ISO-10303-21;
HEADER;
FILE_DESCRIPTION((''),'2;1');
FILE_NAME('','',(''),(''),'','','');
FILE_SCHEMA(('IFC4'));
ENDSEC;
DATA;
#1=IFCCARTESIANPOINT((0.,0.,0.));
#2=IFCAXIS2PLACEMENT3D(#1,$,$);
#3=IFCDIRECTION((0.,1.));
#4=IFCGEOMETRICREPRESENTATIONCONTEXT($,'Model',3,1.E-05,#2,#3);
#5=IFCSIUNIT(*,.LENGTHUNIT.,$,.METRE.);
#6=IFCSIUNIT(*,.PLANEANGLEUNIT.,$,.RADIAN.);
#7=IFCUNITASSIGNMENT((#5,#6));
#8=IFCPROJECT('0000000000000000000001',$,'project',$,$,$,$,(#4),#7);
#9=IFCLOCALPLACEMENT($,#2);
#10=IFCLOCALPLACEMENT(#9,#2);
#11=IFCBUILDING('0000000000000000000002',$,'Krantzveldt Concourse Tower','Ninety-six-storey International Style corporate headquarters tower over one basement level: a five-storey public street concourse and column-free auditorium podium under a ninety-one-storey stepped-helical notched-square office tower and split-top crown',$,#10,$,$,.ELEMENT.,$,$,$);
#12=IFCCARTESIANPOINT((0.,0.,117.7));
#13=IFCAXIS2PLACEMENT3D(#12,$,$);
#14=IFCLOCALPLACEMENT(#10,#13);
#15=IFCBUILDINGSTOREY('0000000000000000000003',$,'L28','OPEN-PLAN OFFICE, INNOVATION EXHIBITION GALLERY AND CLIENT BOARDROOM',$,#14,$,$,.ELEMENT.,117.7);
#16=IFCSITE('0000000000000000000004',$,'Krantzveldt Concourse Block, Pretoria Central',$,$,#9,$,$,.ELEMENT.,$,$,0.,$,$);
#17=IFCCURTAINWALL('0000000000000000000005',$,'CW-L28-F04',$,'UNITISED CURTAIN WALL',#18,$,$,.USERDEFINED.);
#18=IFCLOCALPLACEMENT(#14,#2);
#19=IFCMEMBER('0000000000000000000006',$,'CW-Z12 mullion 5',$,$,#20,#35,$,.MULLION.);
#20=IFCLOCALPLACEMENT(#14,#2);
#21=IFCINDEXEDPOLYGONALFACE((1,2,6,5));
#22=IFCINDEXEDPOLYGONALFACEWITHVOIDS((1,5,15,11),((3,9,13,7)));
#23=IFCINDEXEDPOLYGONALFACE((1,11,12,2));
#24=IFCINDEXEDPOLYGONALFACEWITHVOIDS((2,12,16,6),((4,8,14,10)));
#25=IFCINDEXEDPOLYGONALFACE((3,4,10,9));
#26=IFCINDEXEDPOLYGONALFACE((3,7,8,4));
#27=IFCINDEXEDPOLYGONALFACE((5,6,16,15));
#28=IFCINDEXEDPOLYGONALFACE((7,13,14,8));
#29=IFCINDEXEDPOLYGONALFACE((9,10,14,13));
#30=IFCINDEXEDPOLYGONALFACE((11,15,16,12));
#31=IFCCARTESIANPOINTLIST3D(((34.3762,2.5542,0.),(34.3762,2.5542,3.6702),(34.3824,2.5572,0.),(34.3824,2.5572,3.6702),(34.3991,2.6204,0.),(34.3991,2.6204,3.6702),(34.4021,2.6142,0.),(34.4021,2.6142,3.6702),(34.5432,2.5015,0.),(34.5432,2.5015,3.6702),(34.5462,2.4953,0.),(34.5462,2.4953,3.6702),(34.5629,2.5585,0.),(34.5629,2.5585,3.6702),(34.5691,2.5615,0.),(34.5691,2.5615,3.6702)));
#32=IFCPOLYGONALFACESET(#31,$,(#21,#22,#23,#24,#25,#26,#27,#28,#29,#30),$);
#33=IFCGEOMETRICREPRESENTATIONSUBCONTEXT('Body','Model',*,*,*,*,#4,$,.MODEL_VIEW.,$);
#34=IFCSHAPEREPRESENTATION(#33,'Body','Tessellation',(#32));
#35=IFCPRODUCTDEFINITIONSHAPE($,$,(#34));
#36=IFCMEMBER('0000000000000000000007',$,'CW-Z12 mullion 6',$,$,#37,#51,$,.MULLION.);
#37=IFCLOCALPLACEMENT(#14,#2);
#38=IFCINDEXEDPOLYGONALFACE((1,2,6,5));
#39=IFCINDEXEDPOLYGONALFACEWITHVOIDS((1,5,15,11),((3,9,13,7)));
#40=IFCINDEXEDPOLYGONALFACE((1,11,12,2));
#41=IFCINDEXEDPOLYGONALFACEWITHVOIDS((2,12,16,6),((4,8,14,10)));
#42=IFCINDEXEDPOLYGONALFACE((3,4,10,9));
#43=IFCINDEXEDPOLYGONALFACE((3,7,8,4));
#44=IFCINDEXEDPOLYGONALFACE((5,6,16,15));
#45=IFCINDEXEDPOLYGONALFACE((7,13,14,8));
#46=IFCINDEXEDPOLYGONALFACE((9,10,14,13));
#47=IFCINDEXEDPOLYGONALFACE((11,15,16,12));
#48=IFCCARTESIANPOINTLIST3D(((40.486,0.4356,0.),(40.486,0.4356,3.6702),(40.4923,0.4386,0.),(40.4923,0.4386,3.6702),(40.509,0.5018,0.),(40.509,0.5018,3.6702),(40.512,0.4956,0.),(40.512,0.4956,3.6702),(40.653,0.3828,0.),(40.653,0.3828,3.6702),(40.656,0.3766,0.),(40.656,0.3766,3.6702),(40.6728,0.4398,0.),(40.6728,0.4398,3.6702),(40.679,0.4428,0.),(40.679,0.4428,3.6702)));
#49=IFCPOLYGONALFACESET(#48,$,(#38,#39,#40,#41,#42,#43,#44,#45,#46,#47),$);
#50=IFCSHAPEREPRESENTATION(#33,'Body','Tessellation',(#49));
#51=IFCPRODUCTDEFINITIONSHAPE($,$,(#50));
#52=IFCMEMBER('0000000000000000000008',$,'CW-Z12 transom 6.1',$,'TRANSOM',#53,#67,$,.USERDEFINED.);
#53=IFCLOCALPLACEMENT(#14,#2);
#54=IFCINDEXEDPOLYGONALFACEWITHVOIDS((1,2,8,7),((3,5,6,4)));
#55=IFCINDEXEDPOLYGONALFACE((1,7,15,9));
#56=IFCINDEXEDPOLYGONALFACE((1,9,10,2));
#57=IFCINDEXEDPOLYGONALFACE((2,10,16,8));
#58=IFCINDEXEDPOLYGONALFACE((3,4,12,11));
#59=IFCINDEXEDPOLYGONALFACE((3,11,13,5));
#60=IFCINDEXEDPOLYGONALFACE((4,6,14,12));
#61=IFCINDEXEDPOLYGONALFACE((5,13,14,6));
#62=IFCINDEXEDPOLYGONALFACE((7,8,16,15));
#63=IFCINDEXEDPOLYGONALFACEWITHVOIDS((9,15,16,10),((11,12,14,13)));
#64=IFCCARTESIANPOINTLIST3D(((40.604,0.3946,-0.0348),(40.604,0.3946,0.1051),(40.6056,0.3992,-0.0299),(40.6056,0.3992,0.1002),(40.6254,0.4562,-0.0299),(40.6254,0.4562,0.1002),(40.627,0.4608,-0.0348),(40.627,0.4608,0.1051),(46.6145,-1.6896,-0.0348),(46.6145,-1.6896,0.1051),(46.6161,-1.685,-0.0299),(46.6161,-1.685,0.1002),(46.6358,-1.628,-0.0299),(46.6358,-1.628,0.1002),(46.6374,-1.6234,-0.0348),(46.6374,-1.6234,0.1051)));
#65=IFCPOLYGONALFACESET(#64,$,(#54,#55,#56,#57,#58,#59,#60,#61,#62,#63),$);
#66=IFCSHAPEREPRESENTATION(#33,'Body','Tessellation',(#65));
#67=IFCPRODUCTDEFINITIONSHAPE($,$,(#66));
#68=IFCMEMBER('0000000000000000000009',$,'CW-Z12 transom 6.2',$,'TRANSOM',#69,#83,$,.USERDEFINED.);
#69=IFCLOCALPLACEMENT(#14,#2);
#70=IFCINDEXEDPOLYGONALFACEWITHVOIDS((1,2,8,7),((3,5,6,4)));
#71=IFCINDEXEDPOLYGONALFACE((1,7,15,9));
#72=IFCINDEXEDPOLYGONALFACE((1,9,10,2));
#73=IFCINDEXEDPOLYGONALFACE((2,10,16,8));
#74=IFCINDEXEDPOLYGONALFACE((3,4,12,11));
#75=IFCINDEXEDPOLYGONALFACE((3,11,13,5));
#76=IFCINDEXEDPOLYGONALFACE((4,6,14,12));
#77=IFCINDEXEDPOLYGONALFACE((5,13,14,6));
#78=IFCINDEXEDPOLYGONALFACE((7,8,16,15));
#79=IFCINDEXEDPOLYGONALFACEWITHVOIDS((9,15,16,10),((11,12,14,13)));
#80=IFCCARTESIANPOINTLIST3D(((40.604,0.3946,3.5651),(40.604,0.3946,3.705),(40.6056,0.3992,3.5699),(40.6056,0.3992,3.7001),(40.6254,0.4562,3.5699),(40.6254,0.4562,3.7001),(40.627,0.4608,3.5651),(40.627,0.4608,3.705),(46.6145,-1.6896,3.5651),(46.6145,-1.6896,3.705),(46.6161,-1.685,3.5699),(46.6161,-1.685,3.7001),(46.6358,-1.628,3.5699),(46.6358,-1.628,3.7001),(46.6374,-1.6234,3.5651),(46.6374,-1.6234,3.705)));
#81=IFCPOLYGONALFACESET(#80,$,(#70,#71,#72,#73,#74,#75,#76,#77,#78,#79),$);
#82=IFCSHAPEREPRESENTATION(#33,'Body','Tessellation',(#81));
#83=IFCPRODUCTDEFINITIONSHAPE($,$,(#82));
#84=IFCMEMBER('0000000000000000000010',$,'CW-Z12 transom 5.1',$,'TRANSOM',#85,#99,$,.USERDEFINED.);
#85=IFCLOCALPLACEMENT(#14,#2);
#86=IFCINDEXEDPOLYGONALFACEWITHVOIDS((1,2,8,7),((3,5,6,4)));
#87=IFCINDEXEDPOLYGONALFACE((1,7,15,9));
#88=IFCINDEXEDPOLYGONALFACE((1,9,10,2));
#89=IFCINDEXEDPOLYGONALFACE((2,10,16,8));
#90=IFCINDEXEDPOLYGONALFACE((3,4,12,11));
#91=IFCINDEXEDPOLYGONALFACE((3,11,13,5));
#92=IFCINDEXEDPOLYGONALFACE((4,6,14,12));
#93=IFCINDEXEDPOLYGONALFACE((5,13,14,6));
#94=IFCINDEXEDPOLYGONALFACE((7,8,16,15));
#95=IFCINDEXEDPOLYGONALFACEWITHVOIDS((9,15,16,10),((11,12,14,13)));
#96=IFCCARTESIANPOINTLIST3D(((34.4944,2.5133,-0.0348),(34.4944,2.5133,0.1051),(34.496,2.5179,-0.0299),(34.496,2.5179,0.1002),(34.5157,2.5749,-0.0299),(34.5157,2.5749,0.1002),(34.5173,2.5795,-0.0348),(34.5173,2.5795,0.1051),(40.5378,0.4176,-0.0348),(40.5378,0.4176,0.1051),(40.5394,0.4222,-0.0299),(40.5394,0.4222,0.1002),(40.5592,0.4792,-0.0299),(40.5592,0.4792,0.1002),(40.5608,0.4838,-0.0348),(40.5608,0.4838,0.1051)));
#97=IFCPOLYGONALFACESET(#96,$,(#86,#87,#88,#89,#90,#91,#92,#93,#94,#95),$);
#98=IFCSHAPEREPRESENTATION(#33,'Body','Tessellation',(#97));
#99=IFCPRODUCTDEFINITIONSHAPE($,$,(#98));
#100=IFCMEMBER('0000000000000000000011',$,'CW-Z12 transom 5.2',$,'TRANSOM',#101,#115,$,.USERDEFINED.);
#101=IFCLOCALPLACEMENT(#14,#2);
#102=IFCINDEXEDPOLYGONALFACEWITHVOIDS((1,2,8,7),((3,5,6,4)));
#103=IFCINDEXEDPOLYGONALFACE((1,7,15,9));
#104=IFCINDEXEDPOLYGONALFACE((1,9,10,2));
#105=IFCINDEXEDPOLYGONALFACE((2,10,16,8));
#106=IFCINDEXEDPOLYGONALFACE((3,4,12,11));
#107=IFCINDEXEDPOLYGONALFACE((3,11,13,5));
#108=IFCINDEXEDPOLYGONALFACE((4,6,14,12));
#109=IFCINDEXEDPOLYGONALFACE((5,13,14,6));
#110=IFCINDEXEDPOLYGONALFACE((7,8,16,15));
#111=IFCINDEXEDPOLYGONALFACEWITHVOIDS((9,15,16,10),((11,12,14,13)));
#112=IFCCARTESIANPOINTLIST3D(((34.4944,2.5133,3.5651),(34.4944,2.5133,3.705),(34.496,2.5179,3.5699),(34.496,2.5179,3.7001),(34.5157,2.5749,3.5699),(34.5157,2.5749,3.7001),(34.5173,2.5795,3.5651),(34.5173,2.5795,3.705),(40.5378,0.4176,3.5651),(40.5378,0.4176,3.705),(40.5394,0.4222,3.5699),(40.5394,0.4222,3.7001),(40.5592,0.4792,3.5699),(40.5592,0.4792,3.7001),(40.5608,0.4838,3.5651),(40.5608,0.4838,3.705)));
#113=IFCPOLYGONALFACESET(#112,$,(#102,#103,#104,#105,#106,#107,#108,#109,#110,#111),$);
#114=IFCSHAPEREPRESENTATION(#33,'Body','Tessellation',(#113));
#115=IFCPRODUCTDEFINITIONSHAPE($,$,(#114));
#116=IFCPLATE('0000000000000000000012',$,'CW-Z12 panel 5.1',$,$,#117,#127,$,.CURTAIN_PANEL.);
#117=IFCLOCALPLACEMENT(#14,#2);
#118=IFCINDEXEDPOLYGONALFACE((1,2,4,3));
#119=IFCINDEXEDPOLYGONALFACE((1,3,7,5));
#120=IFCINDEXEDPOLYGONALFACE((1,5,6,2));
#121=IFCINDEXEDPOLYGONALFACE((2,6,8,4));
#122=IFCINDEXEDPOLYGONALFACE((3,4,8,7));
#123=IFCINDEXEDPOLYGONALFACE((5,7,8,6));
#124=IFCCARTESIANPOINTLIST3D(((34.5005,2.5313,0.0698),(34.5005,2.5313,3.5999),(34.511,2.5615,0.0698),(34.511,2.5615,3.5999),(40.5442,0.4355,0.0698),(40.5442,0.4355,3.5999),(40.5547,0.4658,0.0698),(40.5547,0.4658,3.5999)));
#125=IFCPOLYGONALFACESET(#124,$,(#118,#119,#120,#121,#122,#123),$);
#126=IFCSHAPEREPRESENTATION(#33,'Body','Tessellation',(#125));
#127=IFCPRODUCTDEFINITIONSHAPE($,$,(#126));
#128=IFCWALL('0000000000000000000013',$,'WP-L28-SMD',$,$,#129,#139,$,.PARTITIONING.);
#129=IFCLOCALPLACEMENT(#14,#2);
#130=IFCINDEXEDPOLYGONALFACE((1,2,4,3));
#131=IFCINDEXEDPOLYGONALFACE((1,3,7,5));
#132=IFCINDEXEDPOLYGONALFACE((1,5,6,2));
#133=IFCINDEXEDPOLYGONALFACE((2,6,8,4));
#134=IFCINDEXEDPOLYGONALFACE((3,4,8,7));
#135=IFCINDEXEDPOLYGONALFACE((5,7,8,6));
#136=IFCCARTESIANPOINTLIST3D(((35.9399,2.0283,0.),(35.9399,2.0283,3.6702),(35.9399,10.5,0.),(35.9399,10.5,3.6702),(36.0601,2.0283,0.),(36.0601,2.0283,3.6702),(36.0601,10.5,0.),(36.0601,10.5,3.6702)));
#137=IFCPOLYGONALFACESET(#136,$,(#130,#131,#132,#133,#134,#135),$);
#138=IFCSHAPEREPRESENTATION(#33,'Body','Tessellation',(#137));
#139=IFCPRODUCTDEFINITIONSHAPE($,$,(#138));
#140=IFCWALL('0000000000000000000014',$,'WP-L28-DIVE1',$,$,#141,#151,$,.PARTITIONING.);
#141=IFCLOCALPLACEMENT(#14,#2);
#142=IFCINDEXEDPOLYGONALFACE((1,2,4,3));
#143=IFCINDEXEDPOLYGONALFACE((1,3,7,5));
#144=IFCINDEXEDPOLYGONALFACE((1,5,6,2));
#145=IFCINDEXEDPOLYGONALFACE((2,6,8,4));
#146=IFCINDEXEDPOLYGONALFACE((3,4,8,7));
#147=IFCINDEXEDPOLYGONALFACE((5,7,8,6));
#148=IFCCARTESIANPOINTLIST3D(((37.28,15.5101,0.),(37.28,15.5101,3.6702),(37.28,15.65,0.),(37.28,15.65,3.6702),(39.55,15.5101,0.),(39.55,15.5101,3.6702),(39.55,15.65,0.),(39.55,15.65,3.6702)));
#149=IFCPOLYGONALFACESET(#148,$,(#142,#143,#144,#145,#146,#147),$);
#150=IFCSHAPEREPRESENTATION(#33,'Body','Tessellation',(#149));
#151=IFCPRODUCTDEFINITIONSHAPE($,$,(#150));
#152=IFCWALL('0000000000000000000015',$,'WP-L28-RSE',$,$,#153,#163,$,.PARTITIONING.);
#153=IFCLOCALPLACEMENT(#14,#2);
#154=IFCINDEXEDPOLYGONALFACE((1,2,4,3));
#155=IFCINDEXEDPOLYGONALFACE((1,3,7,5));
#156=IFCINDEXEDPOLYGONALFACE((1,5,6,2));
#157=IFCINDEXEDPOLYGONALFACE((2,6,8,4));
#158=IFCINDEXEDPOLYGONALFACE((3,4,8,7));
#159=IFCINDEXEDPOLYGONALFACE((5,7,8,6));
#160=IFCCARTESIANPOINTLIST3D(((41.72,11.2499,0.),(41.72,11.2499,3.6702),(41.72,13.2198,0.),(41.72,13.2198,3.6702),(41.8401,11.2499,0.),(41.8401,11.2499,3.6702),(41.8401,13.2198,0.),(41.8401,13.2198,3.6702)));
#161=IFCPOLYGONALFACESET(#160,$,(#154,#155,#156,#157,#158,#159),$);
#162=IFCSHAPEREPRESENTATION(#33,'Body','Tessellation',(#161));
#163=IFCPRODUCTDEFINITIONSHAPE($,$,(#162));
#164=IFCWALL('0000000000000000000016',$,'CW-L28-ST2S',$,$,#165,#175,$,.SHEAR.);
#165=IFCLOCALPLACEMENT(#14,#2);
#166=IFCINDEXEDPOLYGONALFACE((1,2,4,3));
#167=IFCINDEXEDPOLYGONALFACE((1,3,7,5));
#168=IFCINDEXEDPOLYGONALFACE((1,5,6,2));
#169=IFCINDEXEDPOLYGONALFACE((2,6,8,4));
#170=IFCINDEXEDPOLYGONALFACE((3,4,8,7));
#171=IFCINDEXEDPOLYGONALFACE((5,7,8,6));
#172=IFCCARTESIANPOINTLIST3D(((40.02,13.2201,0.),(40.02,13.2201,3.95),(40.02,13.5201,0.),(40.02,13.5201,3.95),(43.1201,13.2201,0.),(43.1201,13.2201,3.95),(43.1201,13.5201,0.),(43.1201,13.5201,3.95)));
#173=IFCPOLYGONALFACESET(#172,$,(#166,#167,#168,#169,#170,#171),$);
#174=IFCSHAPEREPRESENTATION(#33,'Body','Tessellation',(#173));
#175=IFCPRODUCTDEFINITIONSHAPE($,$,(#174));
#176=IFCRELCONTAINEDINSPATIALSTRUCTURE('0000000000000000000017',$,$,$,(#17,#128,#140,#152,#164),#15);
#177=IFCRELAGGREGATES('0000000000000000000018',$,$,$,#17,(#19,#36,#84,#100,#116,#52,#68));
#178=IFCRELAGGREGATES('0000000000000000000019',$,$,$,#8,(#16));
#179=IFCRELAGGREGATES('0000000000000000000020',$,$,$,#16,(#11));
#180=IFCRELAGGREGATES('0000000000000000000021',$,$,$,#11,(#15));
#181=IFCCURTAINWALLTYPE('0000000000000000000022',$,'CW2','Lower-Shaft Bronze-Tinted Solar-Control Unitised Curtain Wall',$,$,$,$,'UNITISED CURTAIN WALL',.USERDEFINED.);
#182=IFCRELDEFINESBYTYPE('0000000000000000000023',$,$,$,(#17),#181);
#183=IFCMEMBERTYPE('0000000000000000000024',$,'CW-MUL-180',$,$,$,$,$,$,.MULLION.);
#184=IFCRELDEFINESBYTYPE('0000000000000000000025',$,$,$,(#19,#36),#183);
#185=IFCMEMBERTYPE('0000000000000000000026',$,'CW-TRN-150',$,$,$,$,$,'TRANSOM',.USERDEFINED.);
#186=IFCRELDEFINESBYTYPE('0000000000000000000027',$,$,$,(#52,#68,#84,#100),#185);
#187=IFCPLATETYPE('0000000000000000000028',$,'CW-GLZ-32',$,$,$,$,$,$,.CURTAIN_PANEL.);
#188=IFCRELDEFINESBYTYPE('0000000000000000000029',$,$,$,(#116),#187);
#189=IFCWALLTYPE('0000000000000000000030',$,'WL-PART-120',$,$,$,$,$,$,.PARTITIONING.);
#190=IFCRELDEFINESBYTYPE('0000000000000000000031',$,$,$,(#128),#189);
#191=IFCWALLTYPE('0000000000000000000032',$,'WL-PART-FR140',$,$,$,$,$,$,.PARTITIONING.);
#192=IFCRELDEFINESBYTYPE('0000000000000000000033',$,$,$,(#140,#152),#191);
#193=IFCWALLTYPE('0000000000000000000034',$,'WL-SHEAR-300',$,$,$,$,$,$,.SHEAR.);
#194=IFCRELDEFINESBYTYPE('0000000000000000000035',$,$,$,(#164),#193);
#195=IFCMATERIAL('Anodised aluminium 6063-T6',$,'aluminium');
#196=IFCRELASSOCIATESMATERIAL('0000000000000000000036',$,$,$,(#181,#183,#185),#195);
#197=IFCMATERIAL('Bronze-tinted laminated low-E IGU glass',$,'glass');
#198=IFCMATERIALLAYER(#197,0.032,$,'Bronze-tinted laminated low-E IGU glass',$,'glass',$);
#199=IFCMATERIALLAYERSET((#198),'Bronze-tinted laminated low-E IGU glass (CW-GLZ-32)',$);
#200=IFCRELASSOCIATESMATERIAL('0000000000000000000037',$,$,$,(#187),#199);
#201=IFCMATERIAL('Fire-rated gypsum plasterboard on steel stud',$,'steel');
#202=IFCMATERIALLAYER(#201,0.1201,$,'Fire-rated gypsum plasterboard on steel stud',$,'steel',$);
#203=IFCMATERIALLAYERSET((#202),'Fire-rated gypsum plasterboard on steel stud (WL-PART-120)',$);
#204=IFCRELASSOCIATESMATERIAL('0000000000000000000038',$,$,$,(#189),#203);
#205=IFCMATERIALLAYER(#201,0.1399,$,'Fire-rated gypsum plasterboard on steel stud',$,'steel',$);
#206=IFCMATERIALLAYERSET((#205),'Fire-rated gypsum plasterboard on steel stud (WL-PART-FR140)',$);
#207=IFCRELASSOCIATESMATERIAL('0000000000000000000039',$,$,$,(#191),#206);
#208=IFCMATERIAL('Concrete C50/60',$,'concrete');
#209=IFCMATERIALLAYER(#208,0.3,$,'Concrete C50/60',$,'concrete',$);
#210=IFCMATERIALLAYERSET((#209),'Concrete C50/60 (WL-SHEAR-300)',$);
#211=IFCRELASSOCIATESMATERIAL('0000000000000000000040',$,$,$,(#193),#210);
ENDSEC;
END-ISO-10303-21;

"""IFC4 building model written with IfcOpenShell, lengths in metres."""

from ifc_helpers import new_model, si_unit, direction, frame, frame_2d, origin, origin_2d, place, context, subcontext, project, spatial, rectangle, hollow_rectangle, extrude, source, transform, mapped, material, layer, layer_set, material_profile, profile_set, type_object, type_shapes, element, aggregate, save


model = new_model("IFC4")

# Units and contexts
model_context = context("Model", 3, precision=1e-05, world=origin(), true_north=direction((0.0, 1.0)))
body_context = subcontext(model_context, "Body", "Model", "MODEL_VIEW")
ifc_project = project(units=[si_unit("LENGTHUNIT", "METRE"), si_unit("PLANEANGLEUNIT", "RADIAN")], contexts=[model_context])

# Site, building, storey
site_placement = place(None, origin())
site = spatial("IfcSite", under=ifc_project, at=site_placement, Name="Krantzveldt Concourse Block, Pretoria Central", CompositionType="ELEMENT", RefElevation=0.0)
building_placement = place(site_placement, origin())
building = spatial("IfcBuilding", under=site, at=building_placement, Name="Krantzveldt Concourse Tower", Description="Ninety-six-storey International Style corporate headquarters tower over one basement level: a five-storey public street concourse and column-free auditorium podium under a ninety-one-storey stepped-helical notched-square office tower and split-top crown", CompositionType="ELEMENT")
storey_placement = place(building_placement, frame((0.0, 0.0, 117.7)))
storey = spatial("IfcBuildingStorey", under=building, at=storey_placement, Name="L28", Description="OPEN-PLAN OFFICE, INNOVATION EXHIBITION GALLERY AND CLIENT BOARDROOM", CompositionType="ELEMENT", Elevation=117.7)

# Curtain wall, members, plate
ifc_material_1 = material(Name="Anodised aluminium 6063-T6", Category="aluminium")
curtain_wall_type = type_object("IfcCurtainWallType", Name="CW2", Description="Lower-Shaft Bronze-Tinted Solar-Control Unitised Curtain Wall", ElementType="UNITISED CURTAIN WALL", PredefinedType="USERDEFINED", material=ifc_material_1)
curtain_wall_placement = place(storey_placement, origin())
curtain_wall = element("IfcCurtainWall", 1, at=curtain_wall_placement, inside=storey, type_object=curtain_wall_type, Name="CW-L28-F04", ObjectType="UNITISED CURTAIN WALL", PredefinedType="USERDEFINED")
ifc_material_profile_1 = material_profile(ifc_material_1, hollow_rectangle(XDim=0.0701, YDim=0.1799, WallThickness=0.0049, at=origin_2d()), Name="Anodised aluminium 6063-T6", Category="aluminium")
ifc_profile_set_1 = profile_set([ifc_material_profile_1], Name="Anodised aluminium 6063-T6 - ALU-MULL 180x70x5")
member_type_1 = type_object("IfcMemberType", Name="CW-MUL-180", PredefinedType="MULLION", material=ifc_profile_set_1)
shared_shape_1 = source(origin(), body_context, "Body", "SweptSolid", [
    extrude(hollow_rectangle(XDim=0.0701, YDim=0.1799, WallThickness=0.0049, at=origin_2d()), origin(), (0.0, 0.0, 1.0), 3.6702),
])
type_shapes(member_type_1, [shared_shape_1])
member_1_placement = place(storey_placement, frame((34.4727, 2.5579, 0.0), z_axis=(0.0, 0.0, 1.0), x_axis=(0.32763, 0.944806, 0.0)))
member_1 = element("IfcMember", 2, at=member_1_placement, type_object=member_type_1, Name="CW-Z12 mullion 5", PredefinedType="MULLION", context=body_context, shape_type="MappedRepresentation", body=[
    mapped(shared_shape_1, transform((0.0, 0.0, 0.0), x_axis=(1.0, 0.0, 0.0), y_axis=(0.0, 1.0, 0.0), z_axis=(0.0, 0.0, 1.0), scale=1.0)),
])
member_2_placement = place(storey_placement, frame((40.5825, 0.4392, 0.0), z_axis=(0.0, 0.0, 1.0), x_axis=(0.32763, 0.944806, 0.0)))
member_2 = element("IfcMember", 3, at=member_2_placement, type_object=member_type_1, Name="CW-Z12 mullion 6", PredefinedType="MULLION", context=body_context, shape_type="MappedRepresentation", body=[
    mapped(shared_shape_1, transform((0.0, 0.0, 0.0), x_axis=(1.0, 0.0, 0.0), y_axis=(0.0, 1.0, 0.0), z_axis=(0.0, 0.0, 1.0), scale=1.0)),
])
ifc_material_profile_2 = material_profile(ifc_material_1, hollow_rectangle(XDim=0.0701, YDim=0.1399, WallThickness=0.0049, at=origin_2d()), Name="Anodised aluminium 6063-T6", Category="aluminium")
ifc_profile_set_2 = profile_set([ifc_material_profile_2], Name="Anodised aluminium 6063-T6 - ALU-TRAN 140x70x5")
member_type_2 = type_object("IfcMemberType", Name="CW-TRN-150", ElementType="TRANSOM", PredefinedType="USERDEFINED", material=ifc_profile_set_2)
shared_shape_2 = source(origin(), body_context, "Body", "SweptSolid", [
    extrude(hollow_rectangle(XDim=0.0701, YDim=0.1399, WallThickness=0.0049, at=origin_2d()), origin(), (0.0, 0.0, 1.0), 6.3616),
])
member_3_placement = place(storey_placement, frame((40.6155, 0.4277, 0.0352), z_axis=(0.944808, -0.327626, 0.0), x_axis=(0.327626, 0.944808, 0.0)))
member_3 = element("IfcMember", 4, at=member_3_placement, type_object=member_type_2, Name="CW-Z12 transom 6.1", ObjectType="TRANSOM", PredefinedType="USERDEFINED", context=body_context, shape_type="MappedRepresentation", body=[
    mapped(shared_shape_2, transform((0.0, 0.0, 0.0), x_axis=(1.0, 0.0, 0.0), y_axis=(0.0, 1.0, 0.0), z_axis=(0.0, 0.0, 1.0), scale=1.0)),
])
member_4_placement = place(storey_placement, frame((40.6155, 0.4277, 3.635), z_axis=(0.944808, -0.327626, 0.0), x_axis=(0.327626, 0.944808, 0.0)))
member_4 = element("IfcMember", 5, at=member_4_placement, type_object=member_type_2, Name="CW-Z12 transom 6.2", ObjectType="TRANSOM", PredefinedType="USERDEFINED", context=body_context, shape_type="MappedRepresentation", body=[
    mapped(shared_shape_2, transform((0.0, 0.0, 0.0), x_axis=(1.0, 0.0, 0.0), y_axis=(0.0, 1.0, 0.0), z_axis=(0.0, 0.0, 1.0), scale=1.0)),
])
shared_shape_3 = source(origin(), body_context, "Body", "SweptSolid", [
    extrude(hollow_rectangle(XDim=0.0701, YDim=0.1399, WallThickness=0.0049, at=origin_2d()), origin(), (0.0, 0.0, 1.0), 6.3965),
])
type_shapes(member_type_2, [shared_shape_2, shared_shape_3])
member_5_placement = place(storey_placement, frame((34.5059, 2.5464, 0.0352), z_axis=(0.944805, -0.327632, 0.0), x_axis=(0.327632, 0.944805, 0.0)))
member_5 = element("IfcMember", 6, at=member_5_placement, type_object=member_type_2, Name="CW-Z12 transom 5.1", ObjectType="TRANSOM", PredefinedType="USERDEFINED", context=body_context, shape_type="MappedRepresentation", body=[
    mapped(shared_shape_3, transform((0.0, 0.0, 0.0), x_axis=(1.0, 0.0, 0.0), y_axis=(0.0, 1.0, 0.0), z_axis=(0.0, 0.0, 1.0), scale=1.0)),
])
member_6_placement = place(storey_placement, frame((34.5059, 2.5464, 3.635), z_axis=(0.944805, -0.327632, 0.0), x_axis=(0.327632, 0.944805, 0.0)))
member_6 = element("IfcMember", 7, at=member_6_placement, type_object=member_type_2, Name="CW-Z12 transom 5.2", ObjectType="TRANSOM", PredefinedType="USERDEFINED", context=body_context, shape_type="MappedRepresentation", body=[
    mapped(shared_shape_3, transform((0.0, 0.0, 0.0), x_axis=(1.0, 0.0, 0.0), y_axis=(0.0, 1.0, 0.0), z_axis=(0.0, 0.0, 1.0), scale=1.0)),
])
ifc_material_2 = material(Name="Bronze-tinted laminated low-E IGU glass", Category="glass")
ifc_layer_1 = layer(ifc_material_2, 0.032, Name="Bronze-tinted laminated low-E IGU glass", Category="glass")
ifc_layer_set_1 = layer_set([ifc_layer_1], Name="Bronze-tinted laminated low-E IGU glass (CW-GLZ-32)")
plate_type = type_object("IfcPlateType", Name="CW-GLZ-32", PredefinedType="CURTAIN_PANEL", material=ifc_layer_set_1)
shared_shape_4 = source(origin(), body_context, "Body", "SweptSolid", [
    extrude(rectangle(XDim=6.3967, YDim=0.032, at=origin_2d()), origin(), (0.0, 0.0, 1.0), 3.53),
])
type_shapes(plate_type, [shared_shape_4])
plate_placement = place(storey_placement, frame((37.5276, 1.4985, 0.0698), z_axis=(0.0, 0.0, 1.0), x_axis=(0.944806, -0.32763, 0.0)))
plate = element("IfcPlate", 8, at=plate_placement, type_object=plate_type, Name="CW-Z12 panel 5.1", PredefinedType="CURTAIN_PANEL", context=body_context, shape_type="MappedRepresentation", body=[
    mapped(shared_shape_4, transform((0.0, 0.0, 0.0), x_axis=(1.0, 0.0, 0.0), y_axis=(0.0, 1.0, 0.0), z_axis=(0.0, 0.0, 1.0), scale=1.0)),
])
aggregate(curtain_wall, [member_1, member_2, member_5, member_6, plate, member_3, member_4])

# Wall
ifc_material_3 = material(Name="Fire-rated gypsum plasterboard on steel stud", Category="steel")
ifc_layer_2 = layer(ifc_material_3, 0.1201, Name="Fire-rated gypsum plasterboard on steel stud", Category="steel")
ifc_layer_set_2 = layer_set([ifc_layer_2], Name="Fire-rated gypsum plasterboard on steel stud (WL-PART-120)")
wall_type_1 = type_object("IfcWallType", Name="WL-PART-120", PredefinedType="PARTITIONING", material=ifc_layer_set_2)
wall_1_placement = place(storey_placement, frame((36.0, 2.0283, 0.0), z_axis=(0.0, 0.0, 1.0), x_axis=(0.0, 1.0, 0.0)))
element("IfcWall", 9, at=wall_1_placement, inside=storey, type_object=wall_type_1, Name="WP-L28-SMD", PredefinedType="PARTITIONING", context=body_context, shape_type="SweptSolid", body=[
    extrude(rectangle(XDim=8.4717, YDim=0.1201, at=frame_2d((4.2358, 0.0))), origin(), (0.0, 0.0, 1.0), 3.6702),
])

# Shared definitions
ifc_layer_3 = layer(ifc_material_3, 0.1399, Name="Fire-rated gypsum plasterboard on steel stud", Category="steel")
ifc_layer_set_3 = layer_set([ifc_layer_3], Name="Fire-rated gypsum plasterboard on steel stud (WL-PART-FR140)")
wall_type_2 = type_object("IfcWallType", Name="WL-PART-FR140", PredefinedType="PARTITIONING", material=ifc_layer_set_3)

# Walls
wall_2_placement = place(storey_placement, frame((37.28, 15.5801, 0.0), z_axis=(0.0, 0.0, 1.0), x_axis=(1.0, 0.0, 0.0)))
element("IfcWall", 10, at=wall_2_placement, inside=storey, type_object=wall_type_2, Name="WP-L28-DIVE1", PredefinedType="PARTITIONING", context=body_context, shape_type="SweptSolid", body=[
    extrude(rectangle(XDim=2.27, YDim=0.1399, at=frame_2d((1.135, 0.0))), origin(), (0.0, 0.0, 1.0), 3.6702),
])
wall_3_placement = place(storey_placement, frame((41.78, 11.25, 0.0), z_axis=(0.0, 0.0, 1.0), x_axis=(0.0, 1.0, 0.0)))
element("IfcWall", 11, at=wall_3_placement, inside=storey, type_object=wall_type_2, Name="WP-L28-RSE", PredefinedType="PARTITIONING", context=body_context, shape_type="SweptSolid", body=[
    extrude(rectangle(XDim=1.97, YDim=0.1201, at=frame_2d((0.9849, 0.0))), origin(), (0.0, 0.0, 1.0), 3.6702),
])
ifc_material_4 = material(Name="Concrete C50/60", Category="concrete")
ifc_layer_4 = layer(ifc_material_4, 0.3, Name="Concrete C50/60", Category="concrete")
ifc_layer_set_4 = layer_set([ifc_layer_4], Name="Concrete C50/60 (WL-SHEAR-300)")
wall_type_3 = type_object("IfcWallType", Name="WL-SHEAR-300", PredefinedType="SHEAR", material=ifc_layer_set_4)
wall_4_placement = place(storey_placement, frame((40.02, 13.3701, 0.0), z_axis=(0.0, 0.0, 1.0), x_axis=(1.0, 0.0, 0.0)))
element("IfcWall", 12, at=wall_4_placement, inside=storey, type_object=wall_type_3, Name="CW-L28-ST2S", PredefinedType="SHEAR", context=body_context, shape_type="SweptSolid", body=[
    extrude(rectangle(XDim=3.1001, YDim=0.3, at=frame_2d((1.55, 0.0))), origin(), (0.0, 0.0, 1.0), 3.95),
])

save(model, "model.ifc")
